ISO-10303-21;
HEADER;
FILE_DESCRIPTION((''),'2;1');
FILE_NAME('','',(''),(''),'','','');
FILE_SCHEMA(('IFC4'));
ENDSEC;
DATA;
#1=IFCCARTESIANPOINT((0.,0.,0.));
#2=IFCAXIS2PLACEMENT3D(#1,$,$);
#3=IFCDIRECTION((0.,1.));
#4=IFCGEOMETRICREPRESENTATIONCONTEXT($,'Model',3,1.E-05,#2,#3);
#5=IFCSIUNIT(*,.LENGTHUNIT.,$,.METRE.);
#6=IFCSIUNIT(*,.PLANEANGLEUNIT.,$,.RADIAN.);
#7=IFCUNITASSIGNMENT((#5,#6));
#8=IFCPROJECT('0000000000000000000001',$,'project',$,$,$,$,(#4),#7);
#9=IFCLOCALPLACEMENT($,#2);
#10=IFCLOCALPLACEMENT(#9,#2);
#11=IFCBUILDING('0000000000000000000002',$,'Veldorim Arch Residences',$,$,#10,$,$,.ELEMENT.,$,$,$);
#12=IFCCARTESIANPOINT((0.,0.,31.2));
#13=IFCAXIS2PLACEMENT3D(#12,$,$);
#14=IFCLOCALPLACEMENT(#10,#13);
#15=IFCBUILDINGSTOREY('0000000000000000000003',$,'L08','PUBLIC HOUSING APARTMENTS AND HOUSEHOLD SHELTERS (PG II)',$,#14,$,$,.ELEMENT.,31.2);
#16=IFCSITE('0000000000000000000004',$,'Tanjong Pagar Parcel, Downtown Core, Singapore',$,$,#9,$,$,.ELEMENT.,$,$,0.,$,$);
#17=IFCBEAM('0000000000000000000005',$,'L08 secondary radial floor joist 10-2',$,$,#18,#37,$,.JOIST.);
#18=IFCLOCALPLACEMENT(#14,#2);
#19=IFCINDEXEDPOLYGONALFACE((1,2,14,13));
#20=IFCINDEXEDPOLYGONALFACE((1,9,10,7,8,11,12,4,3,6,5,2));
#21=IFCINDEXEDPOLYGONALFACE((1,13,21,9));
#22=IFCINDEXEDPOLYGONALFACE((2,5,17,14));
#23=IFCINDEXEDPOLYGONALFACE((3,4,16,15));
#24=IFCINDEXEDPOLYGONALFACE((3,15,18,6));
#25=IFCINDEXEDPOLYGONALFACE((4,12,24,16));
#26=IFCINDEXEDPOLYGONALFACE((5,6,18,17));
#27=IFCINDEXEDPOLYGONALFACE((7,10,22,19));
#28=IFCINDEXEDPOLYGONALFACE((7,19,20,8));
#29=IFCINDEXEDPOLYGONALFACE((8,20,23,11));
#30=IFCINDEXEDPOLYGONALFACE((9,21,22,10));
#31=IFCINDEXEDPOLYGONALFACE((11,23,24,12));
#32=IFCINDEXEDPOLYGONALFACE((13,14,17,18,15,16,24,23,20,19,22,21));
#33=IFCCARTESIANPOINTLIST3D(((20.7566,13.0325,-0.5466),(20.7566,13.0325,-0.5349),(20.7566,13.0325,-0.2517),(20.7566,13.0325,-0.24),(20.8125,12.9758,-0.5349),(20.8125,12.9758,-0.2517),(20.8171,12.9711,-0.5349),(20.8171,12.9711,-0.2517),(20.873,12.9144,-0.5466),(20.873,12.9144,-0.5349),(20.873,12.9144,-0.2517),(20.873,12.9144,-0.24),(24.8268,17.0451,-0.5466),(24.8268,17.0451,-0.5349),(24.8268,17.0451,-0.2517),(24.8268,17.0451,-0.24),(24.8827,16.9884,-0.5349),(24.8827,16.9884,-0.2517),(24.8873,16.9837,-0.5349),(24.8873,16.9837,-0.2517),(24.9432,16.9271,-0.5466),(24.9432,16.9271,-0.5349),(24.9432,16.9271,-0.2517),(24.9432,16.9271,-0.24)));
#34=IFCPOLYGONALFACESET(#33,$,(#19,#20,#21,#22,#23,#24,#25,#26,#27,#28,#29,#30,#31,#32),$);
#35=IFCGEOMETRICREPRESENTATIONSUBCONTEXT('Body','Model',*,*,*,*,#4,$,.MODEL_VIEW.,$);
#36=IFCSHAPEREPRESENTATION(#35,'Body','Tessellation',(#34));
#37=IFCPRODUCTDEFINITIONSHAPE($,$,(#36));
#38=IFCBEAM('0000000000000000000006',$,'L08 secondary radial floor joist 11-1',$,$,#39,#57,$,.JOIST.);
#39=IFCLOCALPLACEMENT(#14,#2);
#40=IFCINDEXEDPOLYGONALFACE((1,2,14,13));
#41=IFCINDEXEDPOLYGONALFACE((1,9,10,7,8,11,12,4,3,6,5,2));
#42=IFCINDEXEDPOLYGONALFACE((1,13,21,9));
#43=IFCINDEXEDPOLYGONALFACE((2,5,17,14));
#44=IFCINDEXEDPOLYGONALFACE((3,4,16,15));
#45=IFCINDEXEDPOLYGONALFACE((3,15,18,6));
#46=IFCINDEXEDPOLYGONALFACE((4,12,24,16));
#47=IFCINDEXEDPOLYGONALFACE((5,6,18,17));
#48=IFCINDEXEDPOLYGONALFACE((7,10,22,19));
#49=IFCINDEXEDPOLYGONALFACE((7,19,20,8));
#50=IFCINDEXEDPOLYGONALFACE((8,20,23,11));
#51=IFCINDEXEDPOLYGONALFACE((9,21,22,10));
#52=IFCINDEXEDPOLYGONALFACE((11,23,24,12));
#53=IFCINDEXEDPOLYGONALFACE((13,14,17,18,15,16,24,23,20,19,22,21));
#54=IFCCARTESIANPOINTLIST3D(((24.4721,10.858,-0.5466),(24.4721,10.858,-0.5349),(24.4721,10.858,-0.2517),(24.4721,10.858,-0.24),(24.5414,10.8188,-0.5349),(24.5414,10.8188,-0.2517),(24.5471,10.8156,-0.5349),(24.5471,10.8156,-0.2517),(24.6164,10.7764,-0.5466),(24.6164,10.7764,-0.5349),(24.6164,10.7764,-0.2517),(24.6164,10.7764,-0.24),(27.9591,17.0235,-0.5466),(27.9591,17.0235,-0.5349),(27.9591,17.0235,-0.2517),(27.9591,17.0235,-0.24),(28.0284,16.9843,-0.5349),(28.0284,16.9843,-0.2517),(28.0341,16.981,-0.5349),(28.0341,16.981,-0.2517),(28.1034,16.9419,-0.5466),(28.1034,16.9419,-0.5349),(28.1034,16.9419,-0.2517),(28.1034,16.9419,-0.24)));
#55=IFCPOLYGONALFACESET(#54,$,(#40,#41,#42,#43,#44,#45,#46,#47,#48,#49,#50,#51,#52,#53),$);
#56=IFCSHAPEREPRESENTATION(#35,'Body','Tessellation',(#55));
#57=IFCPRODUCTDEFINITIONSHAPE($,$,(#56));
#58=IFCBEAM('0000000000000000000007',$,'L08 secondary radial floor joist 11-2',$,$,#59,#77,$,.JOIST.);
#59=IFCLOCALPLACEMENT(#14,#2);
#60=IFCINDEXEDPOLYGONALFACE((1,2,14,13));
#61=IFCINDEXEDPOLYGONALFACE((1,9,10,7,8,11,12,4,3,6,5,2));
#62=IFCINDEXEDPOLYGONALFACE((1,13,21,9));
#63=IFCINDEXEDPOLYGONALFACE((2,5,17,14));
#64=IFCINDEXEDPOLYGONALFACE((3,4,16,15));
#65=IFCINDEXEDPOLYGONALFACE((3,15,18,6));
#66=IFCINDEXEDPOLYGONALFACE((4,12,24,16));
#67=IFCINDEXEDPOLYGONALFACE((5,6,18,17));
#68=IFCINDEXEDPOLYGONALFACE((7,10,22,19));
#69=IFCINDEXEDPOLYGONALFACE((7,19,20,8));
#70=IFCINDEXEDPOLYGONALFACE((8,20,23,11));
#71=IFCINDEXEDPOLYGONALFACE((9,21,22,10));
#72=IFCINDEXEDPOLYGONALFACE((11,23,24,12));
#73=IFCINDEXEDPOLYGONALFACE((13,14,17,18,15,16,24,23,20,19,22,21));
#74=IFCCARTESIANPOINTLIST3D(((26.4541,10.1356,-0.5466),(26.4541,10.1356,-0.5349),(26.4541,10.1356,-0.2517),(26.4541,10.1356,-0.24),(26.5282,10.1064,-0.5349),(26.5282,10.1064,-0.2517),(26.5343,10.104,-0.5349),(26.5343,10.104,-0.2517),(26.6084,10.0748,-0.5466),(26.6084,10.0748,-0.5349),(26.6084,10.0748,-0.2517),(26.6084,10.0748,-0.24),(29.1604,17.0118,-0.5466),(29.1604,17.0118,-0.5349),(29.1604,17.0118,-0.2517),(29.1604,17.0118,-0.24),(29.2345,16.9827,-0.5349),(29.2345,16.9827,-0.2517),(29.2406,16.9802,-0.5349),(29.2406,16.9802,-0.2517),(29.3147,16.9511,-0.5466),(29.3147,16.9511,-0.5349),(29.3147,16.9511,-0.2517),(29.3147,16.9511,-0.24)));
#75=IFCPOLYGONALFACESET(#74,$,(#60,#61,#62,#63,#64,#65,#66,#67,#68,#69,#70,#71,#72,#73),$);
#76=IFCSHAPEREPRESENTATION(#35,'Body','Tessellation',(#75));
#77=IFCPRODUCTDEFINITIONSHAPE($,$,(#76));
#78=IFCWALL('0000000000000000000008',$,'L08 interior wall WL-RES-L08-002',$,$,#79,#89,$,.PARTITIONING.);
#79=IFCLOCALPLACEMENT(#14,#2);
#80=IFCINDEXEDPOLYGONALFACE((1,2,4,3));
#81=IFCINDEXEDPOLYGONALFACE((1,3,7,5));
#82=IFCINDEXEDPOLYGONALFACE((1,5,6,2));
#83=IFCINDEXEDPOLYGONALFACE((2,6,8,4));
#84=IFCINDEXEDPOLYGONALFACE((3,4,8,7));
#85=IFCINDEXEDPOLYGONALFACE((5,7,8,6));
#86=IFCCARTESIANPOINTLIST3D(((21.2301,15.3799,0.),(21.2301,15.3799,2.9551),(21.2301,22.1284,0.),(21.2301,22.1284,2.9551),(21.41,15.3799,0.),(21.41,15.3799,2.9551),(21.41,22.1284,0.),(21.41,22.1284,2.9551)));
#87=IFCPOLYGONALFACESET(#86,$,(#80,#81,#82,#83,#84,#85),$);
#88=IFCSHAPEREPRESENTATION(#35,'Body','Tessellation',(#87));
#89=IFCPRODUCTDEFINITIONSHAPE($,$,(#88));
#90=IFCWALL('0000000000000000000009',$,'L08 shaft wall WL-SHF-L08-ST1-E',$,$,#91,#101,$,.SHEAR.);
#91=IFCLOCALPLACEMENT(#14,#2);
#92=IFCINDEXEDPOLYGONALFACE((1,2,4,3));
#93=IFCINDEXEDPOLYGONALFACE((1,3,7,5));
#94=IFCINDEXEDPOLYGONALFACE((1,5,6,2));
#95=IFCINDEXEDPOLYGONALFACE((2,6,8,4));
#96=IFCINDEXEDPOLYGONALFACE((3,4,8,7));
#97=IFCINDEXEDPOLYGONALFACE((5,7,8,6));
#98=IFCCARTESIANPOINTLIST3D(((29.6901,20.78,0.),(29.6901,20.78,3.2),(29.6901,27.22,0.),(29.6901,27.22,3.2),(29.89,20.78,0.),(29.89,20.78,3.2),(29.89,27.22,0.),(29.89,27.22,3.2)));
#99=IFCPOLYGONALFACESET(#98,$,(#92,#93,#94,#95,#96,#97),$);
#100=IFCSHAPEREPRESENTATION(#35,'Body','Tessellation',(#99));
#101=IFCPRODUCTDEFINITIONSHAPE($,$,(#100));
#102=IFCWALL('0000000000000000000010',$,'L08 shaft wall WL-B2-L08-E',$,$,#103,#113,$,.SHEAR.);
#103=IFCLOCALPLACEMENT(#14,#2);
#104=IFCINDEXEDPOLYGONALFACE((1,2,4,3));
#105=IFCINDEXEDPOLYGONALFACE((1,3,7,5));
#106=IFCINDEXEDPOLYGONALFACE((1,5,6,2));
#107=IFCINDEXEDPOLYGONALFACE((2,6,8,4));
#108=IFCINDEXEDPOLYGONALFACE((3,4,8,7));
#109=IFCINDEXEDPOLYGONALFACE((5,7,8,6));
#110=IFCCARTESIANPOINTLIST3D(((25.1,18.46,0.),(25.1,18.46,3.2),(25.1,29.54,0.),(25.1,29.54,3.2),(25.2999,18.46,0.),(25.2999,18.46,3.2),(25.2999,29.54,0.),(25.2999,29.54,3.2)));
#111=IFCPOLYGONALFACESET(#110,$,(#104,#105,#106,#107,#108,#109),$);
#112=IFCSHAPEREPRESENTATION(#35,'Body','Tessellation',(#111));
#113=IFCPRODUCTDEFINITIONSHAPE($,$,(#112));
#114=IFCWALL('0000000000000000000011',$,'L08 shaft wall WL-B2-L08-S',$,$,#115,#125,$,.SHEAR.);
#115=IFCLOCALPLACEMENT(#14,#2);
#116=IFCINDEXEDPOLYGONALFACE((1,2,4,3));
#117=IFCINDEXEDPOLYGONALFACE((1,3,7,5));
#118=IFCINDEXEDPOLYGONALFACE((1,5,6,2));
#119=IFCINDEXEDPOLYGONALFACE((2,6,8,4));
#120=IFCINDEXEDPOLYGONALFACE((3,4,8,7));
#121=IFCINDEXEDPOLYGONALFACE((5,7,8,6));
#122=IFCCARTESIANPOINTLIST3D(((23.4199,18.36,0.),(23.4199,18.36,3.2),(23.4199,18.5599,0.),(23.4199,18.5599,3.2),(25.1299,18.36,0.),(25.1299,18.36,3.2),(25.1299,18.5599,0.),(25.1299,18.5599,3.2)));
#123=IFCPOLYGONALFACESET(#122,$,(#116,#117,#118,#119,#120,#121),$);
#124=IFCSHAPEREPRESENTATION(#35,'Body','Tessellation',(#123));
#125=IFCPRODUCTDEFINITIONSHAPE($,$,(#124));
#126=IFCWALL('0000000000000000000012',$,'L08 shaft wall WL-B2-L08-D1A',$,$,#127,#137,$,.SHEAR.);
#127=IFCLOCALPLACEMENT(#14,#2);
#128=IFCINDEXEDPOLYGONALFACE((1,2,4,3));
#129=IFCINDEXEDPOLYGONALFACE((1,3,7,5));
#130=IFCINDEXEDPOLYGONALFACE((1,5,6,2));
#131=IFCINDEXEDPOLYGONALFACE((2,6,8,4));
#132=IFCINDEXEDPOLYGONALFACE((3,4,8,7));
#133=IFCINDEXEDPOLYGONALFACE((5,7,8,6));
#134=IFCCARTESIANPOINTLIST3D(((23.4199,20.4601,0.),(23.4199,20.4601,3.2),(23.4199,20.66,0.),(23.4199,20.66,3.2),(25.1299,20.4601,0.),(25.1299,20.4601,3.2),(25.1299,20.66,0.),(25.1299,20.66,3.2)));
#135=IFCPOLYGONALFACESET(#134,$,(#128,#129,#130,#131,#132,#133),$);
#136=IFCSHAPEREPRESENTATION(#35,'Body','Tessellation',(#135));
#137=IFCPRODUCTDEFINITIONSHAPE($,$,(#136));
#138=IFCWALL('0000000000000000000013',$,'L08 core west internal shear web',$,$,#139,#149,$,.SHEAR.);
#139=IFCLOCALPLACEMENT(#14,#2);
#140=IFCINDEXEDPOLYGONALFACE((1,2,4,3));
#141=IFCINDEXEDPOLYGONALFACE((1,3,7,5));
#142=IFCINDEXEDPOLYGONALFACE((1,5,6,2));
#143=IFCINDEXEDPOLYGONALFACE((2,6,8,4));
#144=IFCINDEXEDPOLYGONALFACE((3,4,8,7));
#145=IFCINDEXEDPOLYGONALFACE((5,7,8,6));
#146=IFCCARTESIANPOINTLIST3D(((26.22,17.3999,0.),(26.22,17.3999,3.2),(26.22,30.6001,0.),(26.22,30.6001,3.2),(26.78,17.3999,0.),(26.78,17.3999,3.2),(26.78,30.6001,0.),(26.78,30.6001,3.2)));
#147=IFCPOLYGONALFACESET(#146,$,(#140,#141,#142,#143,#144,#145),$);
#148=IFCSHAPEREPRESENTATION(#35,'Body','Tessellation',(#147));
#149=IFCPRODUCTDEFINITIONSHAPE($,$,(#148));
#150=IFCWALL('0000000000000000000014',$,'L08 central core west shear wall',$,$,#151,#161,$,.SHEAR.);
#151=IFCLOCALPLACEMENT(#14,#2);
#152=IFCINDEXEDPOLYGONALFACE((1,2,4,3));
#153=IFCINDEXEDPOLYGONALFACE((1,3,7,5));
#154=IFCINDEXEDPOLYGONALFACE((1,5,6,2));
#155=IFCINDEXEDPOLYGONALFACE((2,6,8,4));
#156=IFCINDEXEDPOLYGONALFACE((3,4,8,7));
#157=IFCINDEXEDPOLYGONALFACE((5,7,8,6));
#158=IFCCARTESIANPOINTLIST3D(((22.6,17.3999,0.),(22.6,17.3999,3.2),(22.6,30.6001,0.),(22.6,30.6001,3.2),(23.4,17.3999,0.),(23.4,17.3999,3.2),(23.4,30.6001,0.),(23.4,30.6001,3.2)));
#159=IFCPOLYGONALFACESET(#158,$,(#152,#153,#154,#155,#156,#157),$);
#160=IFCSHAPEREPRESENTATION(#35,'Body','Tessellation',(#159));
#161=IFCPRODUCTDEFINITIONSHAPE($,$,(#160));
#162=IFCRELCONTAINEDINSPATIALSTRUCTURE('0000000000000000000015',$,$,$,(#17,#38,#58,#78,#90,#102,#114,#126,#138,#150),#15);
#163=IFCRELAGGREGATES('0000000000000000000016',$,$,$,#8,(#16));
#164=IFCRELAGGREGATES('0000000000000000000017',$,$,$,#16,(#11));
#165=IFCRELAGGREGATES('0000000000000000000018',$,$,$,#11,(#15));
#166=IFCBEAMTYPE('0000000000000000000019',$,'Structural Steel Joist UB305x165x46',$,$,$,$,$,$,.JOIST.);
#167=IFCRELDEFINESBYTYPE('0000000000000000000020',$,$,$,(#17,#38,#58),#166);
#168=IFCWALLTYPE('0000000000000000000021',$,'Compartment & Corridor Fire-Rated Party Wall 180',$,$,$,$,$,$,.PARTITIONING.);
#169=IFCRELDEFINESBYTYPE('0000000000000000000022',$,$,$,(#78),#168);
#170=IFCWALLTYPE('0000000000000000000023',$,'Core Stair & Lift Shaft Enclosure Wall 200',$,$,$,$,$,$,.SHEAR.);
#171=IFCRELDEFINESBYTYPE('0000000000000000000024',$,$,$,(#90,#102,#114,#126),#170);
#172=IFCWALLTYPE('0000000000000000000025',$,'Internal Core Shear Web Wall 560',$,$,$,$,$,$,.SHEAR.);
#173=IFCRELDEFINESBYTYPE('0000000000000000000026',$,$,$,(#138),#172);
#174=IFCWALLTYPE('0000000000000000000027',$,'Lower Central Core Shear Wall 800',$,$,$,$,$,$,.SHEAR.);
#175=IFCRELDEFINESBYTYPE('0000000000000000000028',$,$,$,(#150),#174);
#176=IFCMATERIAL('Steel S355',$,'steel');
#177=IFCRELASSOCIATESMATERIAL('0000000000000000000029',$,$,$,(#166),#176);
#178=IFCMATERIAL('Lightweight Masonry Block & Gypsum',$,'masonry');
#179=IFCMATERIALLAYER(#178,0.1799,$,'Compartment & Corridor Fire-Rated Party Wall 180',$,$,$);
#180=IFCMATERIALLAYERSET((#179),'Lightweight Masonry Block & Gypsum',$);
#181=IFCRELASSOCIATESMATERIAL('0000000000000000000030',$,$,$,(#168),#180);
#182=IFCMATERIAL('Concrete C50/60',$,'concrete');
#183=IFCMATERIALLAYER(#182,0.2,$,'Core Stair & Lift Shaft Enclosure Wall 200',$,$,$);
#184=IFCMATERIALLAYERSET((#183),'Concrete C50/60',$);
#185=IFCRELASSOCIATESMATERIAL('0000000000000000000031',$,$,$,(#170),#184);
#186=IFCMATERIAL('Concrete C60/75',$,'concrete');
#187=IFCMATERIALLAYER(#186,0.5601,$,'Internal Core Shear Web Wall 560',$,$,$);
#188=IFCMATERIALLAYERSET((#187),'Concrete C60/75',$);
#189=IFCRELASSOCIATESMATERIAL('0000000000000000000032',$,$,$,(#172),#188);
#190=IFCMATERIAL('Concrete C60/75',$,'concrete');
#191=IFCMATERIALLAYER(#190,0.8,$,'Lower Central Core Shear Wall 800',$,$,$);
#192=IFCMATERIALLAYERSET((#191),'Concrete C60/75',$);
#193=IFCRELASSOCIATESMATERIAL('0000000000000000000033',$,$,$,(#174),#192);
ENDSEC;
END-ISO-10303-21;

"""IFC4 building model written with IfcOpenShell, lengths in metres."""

from ifc_helpers import new_model, si_unit, direction, frame, frame_2d, origin, origin_2d, place, context, subcontext, project, spatial, rectangle, i_section, extrude, material, layer, layer_set, material_profile, profile_set, type_object, element, save


model = new_model("IFC4")

# Units and contexts
model_context = context("Model", 3, precision=1e-05, world=origin(), true_north=direction((0.0, 1.0)))
body_context = subcontext(model_context, "Body", "Model", "MODEL_VIEW")
ifc_project = project(units=[si_unit("LENGTHUNIT", "METRE"), si_unit("PLANEANGLEUNIT", "RADIAN")], contexts=[model_context])

# Site, building, storey
site_placement = place(None, origin())
site = spatial("IfcSite", under=ifc_project, at=site_placement, Name="Tanjong Pagar Parcel, Downtown Core, Singapore", CompositionType="ELEMENT", RefElevation=0.0)
building_placement = place(site_placement, origin())
building = spatial("IfcBuilding", under=site, at=building_placement, Name="Veldorim Arch Residences", CompositionType="ELEMENT")
storey_placement = place(building_placement, frame((0.0, 0.0, 31.2)))
storey = spatial("IfcBuildingStorey", under=building, at=storey_placement, Name="L08", Description="PUBLIC HOUSING APARTMENTS AND HOUSEHOLD SHELTERS (PG II)", CompositionType="ELEMENT", Elevation=31.2)

# Beams
ifc_material_1 = material(Name="Steel S355", Category="steel")
ifc_material_profile_1 = material_profile(ifc_material_1, i_section(OverallWidth=0.1658, OverallDepth=0.3066, WebThickness=0.0066, FlangeThickness=0.0117, at=origin_2d()), Name="UB305x165x46")
ifc_profile_set_1 = profile_set([ifc_material_profile_1], Name="Steel S355")
beam_type_1 = type_object("IfcBeamType", Name="Structural Steel Joist UB305x165x46", PredefinedType="JOIST", material=ifc_profile_set_1)
beam_1_placement = place(storey_placement, frame((24.885, 16.9861, -0.3933), z_axis=(-0.712129, -0.702049, 0.0), x_axis=(0.702049, -0.712129, 0.0)))
element("IfcBeam", 1, at=beam_1_placement, inside=storey, type_object=beam_type_1, Name="L08 secondary radial floor joist 10-2", PredefinedType="JOIST", context=body_context, shape_type="SweptSolid", body=[
    extrude(i_section(OverallWidth=0.1658, OverallDepth=0.3066, WebThickness=0.0066, FlangeThickness=0.0117, at=origin_2d()), origin(), (0.0, 0.0, 1.0), 5.7156),
])
beam_2_placement = place(storey_placement, frame((28.0312, 16.9827, -0.3933), z_axis=(-0.492292, -0.87043, 0.0), x_axis=(0.87043, -0.492292, 0.0)))
element("IfcBeam", 2, at=beam_2_placement, inside=storey, type_object=beam_type_1, Name="L08 secondary radial floor joist 11-1", PredefinedType="JOIST", context=body_context, shape_type="SweptSolid", body=[
    extrude(i_section(OverallWidth=0.1658, OverallDepth=0.3066, WebThickness=0.0066, FlangeThickness=0.0117, at=origin_2d()), origin(), (0.0, 0.0, 1.0), 7.0833),
])
beam_3_placement = place(storey_placement, frame((29.2375, 16.9814, -0.3933), z_axis=(-0.36623, -0.930524, 0.0), x_axis=(0.930524, -0.36623, 0.0)))
element("IfcBeam", 3, at=beam_3_placement, inside=storey, type_object=beam_type_1, Name="L08 secondary radial floor joist 11-2", PredefinedType="JOIST", context=body_context, shape_type="SweptSolid", body=[
    extrude(i_section(OverallWidth=0.1658, OverallDepth=0.3066, WebThickness=0.0066, FlangeThickness=0.0117, at=origin_2d()), origin(), (0.0, 0.0, 1.0), 7.3896),
])

# Walls
ifc_material_2 = material(Name="Lightweight Masonry Block & Gypsum", Category="masonry")
ifc_layer_1 = layer(ifc_material_2, 0.1799, Name="Compartment & Corridor Fire-Rated Party Wall 180")
ifc_layer_set_1 = layer_set([ifc_layer_1], Name="Lightweight Masonry Block & Gypsum")
wall_type_1 = type_object("IfcWallType", Name="Compartment & Corridor Fire-Rated Party Wall 180", PredefinedType="PARTITIONING", material=ifc_layer_set_1)
wall_1_placement = place(storey_placement, frame((21.3201, 15.3799, 0.0), z_axis=(0.0, 0.0, 1.0), x_axis=(0.0, 1.0, 0.0)))
element("IfcWall", 4, at=wall_1_placement, inside=storey, type_object=wall_type_1, Name="L08 interior wall WL-RES-L08-002", PredefinedType="PARTITIONING", context=body_context, shape_type="SweptSolid", body=[
    extrude(rectangle(XDim=6.7485, YDim=0.1799, at=frame_2d((3.3743, 0.0))), origin(), (0.0, 0.0, 1.0), 2.9551),
])
ifc_material_3 = material(Name="Concrete C50/60", Category="concrete")
ifc_layer_2 = layer(ifc_material_3, 0.2, Name="Core Stair & Lift Shaft Enclosure Wall 200")
ifc_layer_set_2 = layer_set([ifc_layer_2], Name="Concrete C50/60")
wall_type_2 = type_object("IfcWallType", Name="Core Stair & Lift Shaft Enclosure Wall 200", PredefinedType="SHEAR", material=ifc_layer_set_2)
wall_2_placement = place(storey_placement, frame((29.79, 20.78, 0.0), z_axis=(0.0, 0.0, 1.0), x_axis=(0.0, 1.0, 0.0)))
element("IfcWall", 5, at=wall_2_placement, inside=storey, type_object=wall_type_2, Name="L08 shaft wall WL-SHF-L08-ST1-E", PredefinedType="SHEAR", context=body_context, shape_type="SweptSolid", body=[
    extrude(rectangle(XDim=6.4399, YDim=0.2, at=frame_2d((3.22, 0.0))), origin(), (0.0, 0.0, 1.0), 3.2),
])

# Walls
wall_3_placement = place(storey_placement, frame((25.2, 18.46, 0.0), z_axis=(0.0, 0.0, 1.0), x_axis=(0.0, 1.0, 0.0)))
element("IfcWall", 6, at=wall_3_placement, inside=storey, type_object=wall_type_2, Name="L08 shaft wall WL-B2-L08-E", PredefinedType="SHEAR", context=body_context, shape_type="SweptSolid", body=[
    extrude(rectangle(XDim=11.0801, YDim=0.2, at=frame_2d((5.54, 0.0))), origin(), (0.0, 0.0, 1.0), 3.2),
])
for number, where, z_axis, x_axis, name in (
    (7, (23.4199, 18.46, 0.0), (0.0, 0.0, 1.0), (1.0, 0.0, 0.0), "L08 shaft wall WL-B2-L08-S"),
    (8, (23.4199, 20.5601, 0.0), (0.0, 0.0, 1.0), (1.0, 0.0, 0.0), "L08 shaft wall WL-B2-L08-D1A"),
):
    element("IfcWall", number, at=place(storey_placement, frame(where, z_axis=z_axis, x_axis=x_axis)), inside=storey, type_object=wall_type_2, Name=name, PredefinedType="SHEAR", context=body_context, shape_type="SweptSolid", body=[
        extrude(rectangle(XDim=1.71, YDim=0.2, at=frame_2d((0.855, 0.0))), origin(), (0.0, 0.0, 1.0), 3.2),
    ])
ifc_material_4 = material(Name="Concrete C60/75", Category="concrete")
ifc_layer_3 = layer(ifc_material_4, 0.5601, Name="Internal Core Shear Web Wall 560")
ifc_layer_set_3 = layer_set([ifc_layer_3], Name="Concrete C60/75")
wall_type_3 = type_object("IfcWallType", Name="Internal Core Shear Web Wall 560", PredefinedType="SHEAR", material=ifc_layer_set_3)
wall_4_placement = place(storey_placement, frame((26.5, 17.3999, 0.0), z_axis=(0.0, 0.0, 1.0), x_axis=(0.0, 1.0, 0.0)))
element("IfcWall", 9, at=wall_4_placement, inside=storey, type_object=wall_type_3, Name="L08 core west internal shear web", PredefinedType="SHEAR", context=body_context, shape_type="SweptSolid", body=[
    extrude(rectangle(XDim=13.2002, YDim=0.5601, at=frame_2d((6.6001, 0.0))), origin(), (0.0, 0.0, 1.0), 3.2),
])

# Shared definitions
ifc_material_5 = material(Name="Concrete C60/75", Category="concrete")
ifc_layer_4 = layer(ifc_material_5, 0.8, Name="Lower Central Core Shear Wall 800")
ifc_layer_set_4 = layer_set([ifc_layer_4], Name="Concrete C60/75")
wall_type_4 = type_object("IfcWallType", Name="Lower Central Core Shear Wall 800", PredefinedType="SHEAR", material=ifc_layer_set_4)

# Wall
wall_5_placement = place(storey_placement, frame((23.0, 17.3999, 0.0), z_axis=(0.0, 0.0, 1.0), x_axis=(0.0, 1.0, 0.0)))
element("IfcWall", 10, at=wall_5_placement, inside=storey, type_object=wall_type_4, Name="L08 central core west shear wall", PredefinedType="SHEAR", context=body_context, shape_type="SweptSolid", body=[
    extrude(rectangle(XDim=13.2002, YDim=0.8, at=frame_2d((6.6001, 0.0))), origin(), (0.0, 0.0, 1.0), 3.2),
])

save(model, "model.ifc")
